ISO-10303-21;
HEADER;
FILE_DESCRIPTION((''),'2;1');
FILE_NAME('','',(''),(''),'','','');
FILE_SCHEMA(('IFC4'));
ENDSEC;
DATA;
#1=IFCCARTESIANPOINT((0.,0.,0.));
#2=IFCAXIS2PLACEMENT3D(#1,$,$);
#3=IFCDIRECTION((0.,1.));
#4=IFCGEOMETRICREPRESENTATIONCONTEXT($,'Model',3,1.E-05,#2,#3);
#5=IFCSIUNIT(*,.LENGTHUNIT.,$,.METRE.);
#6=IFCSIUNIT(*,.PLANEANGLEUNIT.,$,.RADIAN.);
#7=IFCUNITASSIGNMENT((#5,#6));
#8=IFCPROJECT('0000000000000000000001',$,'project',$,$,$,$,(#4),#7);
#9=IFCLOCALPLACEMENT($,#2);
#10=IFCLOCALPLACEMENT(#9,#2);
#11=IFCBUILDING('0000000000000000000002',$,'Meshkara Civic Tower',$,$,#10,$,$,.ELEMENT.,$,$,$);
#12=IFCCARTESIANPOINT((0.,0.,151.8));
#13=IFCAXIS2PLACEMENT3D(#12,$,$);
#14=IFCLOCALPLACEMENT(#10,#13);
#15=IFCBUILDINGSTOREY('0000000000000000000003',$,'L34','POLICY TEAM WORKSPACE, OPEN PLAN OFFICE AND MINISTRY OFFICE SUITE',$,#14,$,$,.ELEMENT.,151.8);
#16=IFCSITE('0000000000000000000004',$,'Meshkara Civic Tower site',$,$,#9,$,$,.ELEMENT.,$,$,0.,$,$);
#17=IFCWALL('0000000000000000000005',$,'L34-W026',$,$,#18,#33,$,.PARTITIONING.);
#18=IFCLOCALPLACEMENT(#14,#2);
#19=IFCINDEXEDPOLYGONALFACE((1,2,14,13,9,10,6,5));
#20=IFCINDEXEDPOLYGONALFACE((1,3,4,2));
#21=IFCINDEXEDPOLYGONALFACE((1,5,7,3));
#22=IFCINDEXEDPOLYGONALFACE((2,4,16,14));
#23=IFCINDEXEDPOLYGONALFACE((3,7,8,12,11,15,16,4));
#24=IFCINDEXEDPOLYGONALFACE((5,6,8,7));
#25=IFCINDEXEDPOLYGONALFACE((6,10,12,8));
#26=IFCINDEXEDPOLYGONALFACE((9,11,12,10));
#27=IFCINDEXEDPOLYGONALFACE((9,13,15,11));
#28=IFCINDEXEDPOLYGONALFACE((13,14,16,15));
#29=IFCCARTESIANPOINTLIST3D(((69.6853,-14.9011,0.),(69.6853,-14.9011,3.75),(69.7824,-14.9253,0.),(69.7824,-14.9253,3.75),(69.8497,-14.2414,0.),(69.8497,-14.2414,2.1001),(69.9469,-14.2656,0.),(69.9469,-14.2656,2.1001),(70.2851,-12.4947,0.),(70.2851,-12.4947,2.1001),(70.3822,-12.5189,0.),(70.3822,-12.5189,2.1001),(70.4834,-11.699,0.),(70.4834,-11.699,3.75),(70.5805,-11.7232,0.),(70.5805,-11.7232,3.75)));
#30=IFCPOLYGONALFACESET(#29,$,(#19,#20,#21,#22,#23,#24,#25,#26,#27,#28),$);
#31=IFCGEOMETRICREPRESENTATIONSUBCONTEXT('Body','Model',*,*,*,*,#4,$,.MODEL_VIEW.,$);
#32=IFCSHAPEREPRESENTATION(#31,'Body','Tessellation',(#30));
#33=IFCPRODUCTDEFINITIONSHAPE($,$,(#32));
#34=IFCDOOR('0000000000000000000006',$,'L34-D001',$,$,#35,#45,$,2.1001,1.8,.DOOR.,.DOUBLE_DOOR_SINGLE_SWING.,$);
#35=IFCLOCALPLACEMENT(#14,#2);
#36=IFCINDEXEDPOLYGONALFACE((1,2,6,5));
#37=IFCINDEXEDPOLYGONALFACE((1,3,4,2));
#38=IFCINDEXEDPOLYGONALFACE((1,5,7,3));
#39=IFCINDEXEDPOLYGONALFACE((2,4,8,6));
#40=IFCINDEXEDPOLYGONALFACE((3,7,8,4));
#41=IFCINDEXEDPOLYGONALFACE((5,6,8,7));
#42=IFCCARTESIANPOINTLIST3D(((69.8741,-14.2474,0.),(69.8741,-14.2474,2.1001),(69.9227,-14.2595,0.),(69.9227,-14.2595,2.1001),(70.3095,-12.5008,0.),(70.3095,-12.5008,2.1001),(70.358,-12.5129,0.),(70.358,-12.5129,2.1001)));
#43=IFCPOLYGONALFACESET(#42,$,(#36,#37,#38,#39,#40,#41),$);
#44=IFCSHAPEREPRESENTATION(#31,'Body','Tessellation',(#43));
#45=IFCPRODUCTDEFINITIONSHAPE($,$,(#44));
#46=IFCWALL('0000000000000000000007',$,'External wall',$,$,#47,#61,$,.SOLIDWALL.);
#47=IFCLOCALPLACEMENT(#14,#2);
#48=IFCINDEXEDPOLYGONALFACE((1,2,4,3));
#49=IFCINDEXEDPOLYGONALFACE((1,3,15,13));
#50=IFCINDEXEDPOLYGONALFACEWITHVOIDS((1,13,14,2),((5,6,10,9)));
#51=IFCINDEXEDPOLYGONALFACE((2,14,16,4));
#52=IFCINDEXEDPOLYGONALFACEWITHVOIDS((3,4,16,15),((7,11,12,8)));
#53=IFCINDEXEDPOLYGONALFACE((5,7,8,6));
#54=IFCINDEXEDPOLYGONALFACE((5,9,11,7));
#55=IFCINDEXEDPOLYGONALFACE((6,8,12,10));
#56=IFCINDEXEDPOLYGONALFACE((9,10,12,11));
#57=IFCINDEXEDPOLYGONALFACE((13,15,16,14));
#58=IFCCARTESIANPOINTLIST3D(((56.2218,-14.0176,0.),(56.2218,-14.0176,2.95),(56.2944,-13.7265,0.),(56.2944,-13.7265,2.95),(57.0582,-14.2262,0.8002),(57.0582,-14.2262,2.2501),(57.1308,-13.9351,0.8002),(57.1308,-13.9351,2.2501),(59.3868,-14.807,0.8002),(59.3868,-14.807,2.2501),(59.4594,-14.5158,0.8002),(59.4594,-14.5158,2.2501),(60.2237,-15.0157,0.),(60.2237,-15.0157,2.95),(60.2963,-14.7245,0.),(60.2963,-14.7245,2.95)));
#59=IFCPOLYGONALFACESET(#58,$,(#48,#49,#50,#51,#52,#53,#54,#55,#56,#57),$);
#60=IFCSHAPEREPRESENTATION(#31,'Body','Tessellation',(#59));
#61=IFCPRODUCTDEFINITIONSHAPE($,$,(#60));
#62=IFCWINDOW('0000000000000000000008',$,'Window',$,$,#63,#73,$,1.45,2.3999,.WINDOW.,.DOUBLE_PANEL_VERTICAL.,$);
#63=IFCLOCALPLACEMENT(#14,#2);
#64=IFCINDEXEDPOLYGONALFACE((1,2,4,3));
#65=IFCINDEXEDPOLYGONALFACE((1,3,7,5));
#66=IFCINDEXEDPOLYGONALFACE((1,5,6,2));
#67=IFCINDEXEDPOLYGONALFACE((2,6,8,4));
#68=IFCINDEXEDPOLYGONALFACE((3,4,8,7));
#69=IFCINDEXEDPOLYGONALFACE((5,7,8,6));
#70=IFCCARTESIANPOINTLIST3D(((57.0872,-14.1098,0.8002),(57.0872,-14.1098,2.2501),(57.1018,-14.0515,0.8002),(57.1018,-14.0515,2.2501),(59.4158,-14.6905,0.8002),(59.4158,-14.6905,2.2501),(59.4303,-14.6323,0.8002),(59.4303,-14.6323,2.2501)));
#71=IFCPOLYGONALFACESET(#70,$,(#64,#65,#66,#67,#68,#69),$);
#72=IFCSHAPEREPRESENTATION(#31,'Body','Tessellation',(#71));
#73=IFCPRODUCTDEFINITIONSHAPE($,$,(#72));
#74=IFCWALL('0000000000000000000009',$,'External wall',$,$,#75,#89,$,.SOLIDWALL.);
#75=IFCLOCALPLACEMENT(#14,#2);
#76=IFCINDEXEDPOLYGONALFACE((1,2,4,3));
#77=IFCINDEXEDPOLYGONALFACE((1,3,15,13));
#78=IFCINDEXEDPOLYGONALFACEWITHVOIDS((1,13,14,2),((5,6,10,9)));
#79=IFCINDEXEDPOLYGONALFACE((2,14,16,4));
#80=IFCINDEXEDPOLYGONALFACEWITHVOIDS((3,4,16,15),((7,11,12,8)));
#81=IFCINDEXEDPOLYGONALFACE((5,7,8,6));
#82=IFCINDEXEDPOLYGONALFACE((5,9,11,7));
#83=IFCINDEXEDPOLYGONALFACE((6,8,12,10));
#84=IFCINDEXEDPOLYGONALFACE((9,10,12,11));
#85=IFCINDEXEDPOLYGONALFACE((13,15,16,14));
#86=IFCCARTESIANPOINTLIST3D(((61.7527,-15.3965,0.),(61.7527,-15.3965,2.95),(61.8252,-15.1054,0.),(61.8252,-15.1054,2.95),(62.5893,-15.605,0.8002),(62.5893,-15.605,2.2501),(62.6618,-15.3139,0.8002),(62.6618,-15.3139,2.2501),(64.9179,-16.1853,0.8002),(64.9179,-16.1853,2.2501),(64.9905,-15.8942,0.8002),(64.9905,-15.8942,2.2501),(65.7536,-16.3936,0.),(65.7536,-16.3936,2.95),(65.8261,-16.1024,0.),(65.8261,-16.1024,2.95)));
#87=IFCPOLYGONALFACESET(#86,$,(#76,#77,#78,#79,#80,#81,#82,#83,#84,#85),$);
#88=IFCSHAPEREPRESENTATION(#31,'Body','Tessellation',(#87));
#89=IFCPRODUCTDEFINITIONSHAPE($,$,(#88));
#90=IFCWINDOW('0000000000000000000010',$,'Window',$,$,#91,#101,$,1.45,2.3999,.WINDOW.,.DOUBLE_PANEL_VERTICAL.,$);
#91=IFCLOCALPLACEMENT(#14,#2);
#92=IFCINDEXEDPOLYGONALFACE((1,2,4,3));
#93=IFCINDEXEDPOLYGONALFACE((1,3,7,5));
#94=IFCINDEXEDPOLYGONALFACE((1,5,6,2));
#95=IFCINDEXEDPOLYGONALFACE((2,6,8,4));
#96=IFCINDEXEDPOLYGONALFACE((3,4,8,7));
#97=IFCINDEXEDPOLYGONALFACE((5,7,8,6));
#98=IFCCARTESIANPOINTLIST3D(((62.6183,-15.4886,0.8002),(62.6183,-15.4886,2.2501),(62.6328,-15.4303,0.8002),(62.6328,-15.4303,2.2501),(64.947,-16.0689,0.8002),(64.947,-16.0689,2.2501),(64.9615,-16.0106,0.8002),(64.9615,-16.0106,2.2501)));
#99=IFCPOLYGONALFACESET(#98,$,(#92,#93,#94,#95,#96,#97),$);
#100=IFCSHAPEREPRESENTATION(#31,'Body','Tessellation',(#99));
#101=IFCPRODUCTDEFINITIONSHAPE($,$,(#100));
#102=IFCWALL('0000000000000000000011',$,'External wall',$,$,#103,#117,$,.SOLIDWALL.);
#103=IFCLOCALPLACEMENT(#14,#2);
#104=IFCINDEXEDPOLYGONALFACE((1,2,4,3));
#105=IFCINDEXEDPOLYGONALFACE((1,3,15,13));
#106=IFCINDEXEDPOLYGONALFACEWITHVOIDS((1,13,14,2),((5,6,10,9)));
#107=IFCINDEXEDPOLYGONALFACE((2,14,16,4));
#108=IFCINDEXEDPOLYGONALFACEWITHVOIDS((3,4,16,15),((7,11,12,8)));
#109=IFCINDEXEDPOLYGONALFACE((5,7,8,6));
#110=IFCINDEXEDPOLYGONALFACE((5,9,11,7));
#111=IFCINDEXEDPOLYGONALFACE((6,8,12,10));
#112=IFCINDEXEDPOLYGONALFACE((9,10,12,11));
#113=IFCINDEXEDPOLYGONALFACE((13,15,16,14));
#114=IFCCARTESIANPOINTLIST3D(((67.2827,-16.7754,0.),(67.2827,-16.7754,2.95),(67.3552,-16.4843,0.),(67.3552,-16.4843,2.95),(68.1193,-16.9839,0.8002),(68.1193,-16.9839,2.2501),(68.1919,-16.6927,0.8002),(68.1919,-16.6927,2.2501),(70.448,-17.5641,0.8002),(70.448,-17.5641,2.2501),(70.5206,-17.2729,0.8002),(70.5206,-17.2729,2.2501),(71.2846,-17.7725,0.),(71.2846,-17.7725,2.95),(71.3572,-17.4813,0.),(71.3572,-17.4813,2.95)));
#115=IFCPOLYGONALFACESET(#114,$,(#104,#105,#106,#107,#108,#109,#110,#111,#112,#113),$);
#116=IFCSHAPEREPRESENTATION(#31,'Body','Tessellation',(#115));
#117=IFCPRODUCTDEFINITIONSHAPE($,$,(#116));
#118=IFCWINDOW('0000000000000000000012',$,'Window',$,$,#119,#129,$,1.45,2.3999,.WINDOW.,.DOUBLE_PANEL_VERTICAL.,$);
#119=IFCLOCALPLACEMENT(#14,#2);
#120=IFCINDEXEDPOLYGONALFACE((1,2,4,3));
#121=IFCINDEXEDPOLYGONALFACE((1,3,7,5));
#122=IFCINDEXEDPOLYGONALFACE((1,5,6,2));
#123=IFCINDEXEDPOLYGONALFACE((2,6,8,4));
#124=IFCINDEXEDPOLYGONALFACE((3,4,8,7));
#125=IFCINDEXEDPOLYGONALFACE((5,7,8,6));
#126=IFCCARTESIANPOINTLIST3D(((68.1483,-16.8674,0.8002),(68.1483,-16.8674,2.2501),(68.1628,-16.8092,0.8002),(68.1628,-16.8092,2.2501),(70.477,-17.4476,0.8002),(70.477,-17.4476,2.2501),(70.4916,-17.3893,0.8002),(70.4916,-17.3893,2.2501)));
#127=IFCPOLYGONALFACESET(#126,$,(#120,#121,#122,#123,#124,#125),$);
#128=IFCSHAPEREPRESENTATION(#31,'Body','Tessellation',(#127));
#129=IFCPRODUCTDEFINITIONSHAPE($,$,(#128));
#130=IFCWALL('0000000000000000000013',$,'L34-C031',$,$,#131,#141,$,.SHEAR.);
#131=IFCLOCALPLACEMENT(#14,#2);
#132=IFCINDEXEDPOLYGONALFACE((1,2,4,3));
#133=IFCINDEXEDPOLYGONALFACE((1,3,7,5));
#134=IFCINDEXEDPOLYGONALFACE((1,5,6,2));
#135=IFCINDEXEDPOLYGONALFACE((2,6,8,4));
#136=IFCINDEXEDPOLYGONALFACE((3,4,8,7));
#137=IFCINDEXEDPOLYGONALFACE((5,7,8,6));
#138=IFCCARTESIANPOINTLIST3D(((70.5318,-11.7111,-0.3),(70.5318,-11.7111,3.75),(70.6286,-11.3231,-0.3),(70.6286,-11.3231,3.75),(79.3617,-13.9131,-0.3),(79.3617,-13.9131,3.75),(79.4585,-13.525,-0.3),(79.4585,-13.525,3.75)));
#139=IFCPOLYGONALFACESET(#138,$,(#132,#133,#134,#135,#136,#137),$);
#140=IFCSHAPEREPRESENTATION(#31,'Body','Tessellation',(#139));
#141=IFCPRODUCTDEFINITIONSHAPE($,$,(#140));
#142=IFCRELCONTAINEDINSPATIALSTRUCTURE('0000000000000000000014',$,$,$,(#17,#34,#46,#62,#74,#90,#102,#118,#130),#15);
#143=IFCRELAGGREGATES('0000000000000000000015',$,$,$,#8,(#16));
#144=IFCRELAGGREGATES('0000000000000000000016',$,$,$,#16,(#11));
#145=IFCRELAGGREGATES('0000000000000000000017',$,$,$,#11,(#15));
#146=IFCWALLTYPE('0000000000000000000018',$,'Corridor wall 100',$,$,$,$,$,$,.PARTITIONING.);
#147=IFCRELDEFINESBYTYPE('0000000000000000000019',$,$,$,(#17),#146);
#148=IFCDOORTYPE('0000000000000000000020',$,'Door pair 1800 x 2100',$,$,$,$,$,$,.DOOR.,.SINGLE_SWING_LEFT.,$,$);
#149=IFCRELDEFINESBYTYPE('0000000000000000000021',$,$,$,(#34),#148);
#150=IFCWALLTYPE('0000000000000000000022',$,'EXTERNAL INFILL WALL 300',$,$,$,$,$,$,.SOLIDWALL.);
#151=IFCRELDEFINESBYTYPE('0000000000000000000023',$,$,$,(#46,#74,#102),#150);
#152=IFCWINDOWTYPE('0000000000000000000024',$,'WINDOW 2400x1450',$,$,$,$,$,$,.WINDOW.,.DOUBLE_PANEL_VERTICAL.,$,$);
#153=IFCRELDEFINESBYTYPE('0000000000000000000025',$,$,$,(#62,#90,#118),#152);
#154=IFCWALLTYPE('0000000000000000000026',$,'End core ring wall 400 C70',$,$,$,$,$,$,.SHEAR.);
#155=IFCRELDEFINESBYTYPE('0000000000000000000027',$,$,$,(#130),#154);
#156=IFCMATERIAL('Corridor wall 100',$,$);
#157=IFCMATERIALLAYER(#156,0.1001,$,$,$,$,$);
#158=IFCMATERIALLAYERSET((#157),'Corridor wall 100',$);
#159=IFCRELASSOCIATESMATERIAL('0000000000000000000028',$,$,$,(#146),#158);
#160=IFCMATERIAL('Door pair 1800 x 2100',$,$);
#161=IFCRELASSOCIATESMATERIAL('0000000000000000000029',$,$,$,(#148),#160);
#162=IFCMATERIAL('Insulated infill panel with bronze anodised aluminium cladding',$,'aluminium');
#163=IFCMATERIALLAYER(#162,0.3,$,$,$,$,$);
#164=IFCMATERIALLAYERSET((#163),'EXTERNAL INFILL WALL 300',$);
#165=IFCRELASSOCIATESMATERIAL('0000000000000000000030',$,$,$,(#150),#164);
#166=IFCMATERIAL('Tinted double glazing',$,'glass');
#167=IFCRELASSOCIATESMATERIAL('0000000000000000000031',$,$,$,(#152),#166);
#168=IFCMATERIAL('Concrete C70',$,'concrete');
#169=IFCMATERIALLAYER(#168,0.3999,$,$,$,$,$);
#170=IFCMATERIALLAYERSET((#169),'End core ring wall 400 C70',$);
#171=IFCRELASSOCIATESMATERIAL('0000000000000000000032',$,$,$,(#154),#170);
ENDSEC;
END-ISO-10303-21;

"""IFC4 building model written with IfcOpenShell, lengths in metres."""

from ifc_helpers import new_model, si_unit, direction, frame, frame_2d, origin, place, context, subcontext, project, spatial, rectangle, extrude, material, layer, layer_set, type_object, element, fill, save


model = new_model("IFC4")

# Units and contexts
model_context = context("Model", 3, precision=1e-05, world=origin(), true_north=direction((0.0, 1.0)))
body_context = subcontext(model_context, "Body", "Model", "MODEL_VIEW")
ifc_project = project(units=[si_unit("LENGTHUNIT", "METRE"), si_unit("PLANEANGLEUNIT", "RADIAN")], contexts=[model_context])

# Site, building, storey
site_placement = place(None, origin())
site = spatial("IfcSite", under=ifc_project, at=site_placement, Name="Meshkara Civic Tower site", CompositionType="ELEMENT", RefElevation=0.0)
building_placement = place(site_placement, origin())
building = spatial("IfcBuilding", under=site, at=building_placement, Name="Meshkara Civic Tower", CompositionType="ELEMENT")
storey_placement = place(building_placement, frame((0.0, 0.0, 151.8)))
storey = spatial("IfcBuildingStorey", under=building, at=storey_placement, Name="L34", Description="POLICY TEAM WORKSPACE, OPEN PLAN OFFICE AND MINISTRY OFFICE SUITE", CompositionType="ELEMENT", Elevation=151.8)

# Shared definitions
ifc_material_1 = material(Name="Corridor wall 100")
ifc_layer_1 = layer(ifc_material_1, 0.1001)
ifc_layer_set_1 = layer_set([ifc_layer_1], Name="Corridor wall 100")
wall_type_1 = type_object("IfcWallType", Name="Corridor wall 100", PredefinedType="PARTITIONING", material=ifc_layer_set_1)

# Wall, opening, door
ifc_material_2 = material(Name="Door pair 1800 x 2100")
door_type_1 = type_object("IfcDoorType", Name="Door pair 1800 x 2100", OperationType="SINGLE_SWING_LEFT", PredefinedType="DOOR", material=ifc_material_2)
wall_1_placement = place(storey_placement, frame((69.7339, -14.9131, 0.0), z_axis=(0.0, 0.0, 1.0), x_axis=(0.241839, 0.970316, 0.0)))
wall_1 = element("IfcWall", 1, at=wall_1_placement, inside=storey, type_object=wall_type_1, Name="L34-W026", PredefinedType="PARTITIONING", context=body_context, shape_type="SweptSolid", body=[
    extrude(rectangle(XDim=3.3, YDim=0.1001, at=frame_2d((1.6499, 0.0))), origin(), (0.0, 0.0, 1.0), 3.75),
])
opening_1_placement = place(wall_1_placement, frame((0.6799, 0.0, 0.0)))
opening_1 = element("IfcOpeningElement", 2, at=opening_1_placement, cuts=wall_1, PredefinedType="OPENING", context=body_context, shape_type="SweptSolid", body=[
    extrude(rectangle(XDim=1.8, YDim=2.1001, at=frame_2d((0.8999, 1.05))), frame((0.0, 0.0601, 0.0), z_axis=(0.0, -1.0, 0.0), x_axis=(1.0, 0.0, 0.0)), (0.0, 0.0, 1.0), 0.1201),
])
door_1_placement = place(opening_1_placement, origin())
door_1 = element("IfcDoor", 3, at=door_1_placement, inside=storey, type_object=door_type_1, Name="L34-D001", OperationType="DOUBLE_DOOR_SINGLE_SWING", OverallHeight=2.1001, OverallWidth=1.8, PredefinedType="DOOR", context=body_context, shape_type="SweptSolid", body=[
    extrude(rectangle(XDim=1.8, YDim=2.1001, at=frame_2d((0.8999, 1.05))), frame((0.0, 0.0249, 0.0), z_axis=(0.0, -1.0, 0.0), x_axis=(1.0, 0.0, 0.0)), (0.0, 0.0, 1.0), 0.05),
])
fill(opening_1, door_1)

# Walls, openings, windows
ifc_material_3 = material(Name="Insulated infill panel with bronze anodised aluminium cladding", Category="aluminium")
ifc_layer_2 = layer(ifc_material_3, 0.3)
ifc_layer_set_2 = layer_set([ifc_layer_2], Name="EXTERNAL INFILL WALL 300")
wall_type_2 = type_object("IfcWallType", Name="EXTERNAL INFILL WALL 300", PredefinedType="SOLIDWALL", material=ifc_layer_set_2)
wall_2_placement = place(storey_placement, frame((56.2581, -13.8721, 0.0), z_axis=(0.0, 0.0, 1.0), x_axis=(0.970282, -0.241978, 0.0)))
wall_2 = element("IfcWall", 4, at=wall_2_placement, inside=storey, type_object=wall_type_2, Name="External wall", PredefinedType="SOLIDWALL", context=body_context, shape_type="SweptSolid", body=[
    extrude(rectangle(XDim=4.1245, YDim=0.3, at=frame_2d((2.0623, 0.0))), origin(), (0.0, 0.0, 1.0), 2.95),
])
opening_2_placement = place(wall_2_placement, frame((0.8621, 0.0, 0.8)))
opening_2 = element("IfcOpeningElement", 5, at=opening_2_placement, cuts=wall_2, PredefinedType="OPENING", context=body_context, shape_type="SweptSolid", body=[
    extrude(rectangle(XDim=2.3999, YDim=1.45, at=frame_2d((1.2, 0.7251))), frame((0.0, 0.1599, 0.0), z_axis=(0.0, -1.0, 0.0), x_axis=(1.0, 0.0, 0.0)), (0.0, 0.0, 1.0), 0.3201),
])
ifc_material_4 = material(Name="Tinted double glazing", Category="glass")
window_type = type_object("IfcWindowType", Name="WINDOW 2400x1450", PartitioningType="DOUBLE_PANEL_VERTICAL", PredefinedType="WINDOW", material=ifc_material_4)
window_1_placement = place(opening_2_placement, origin())
window_1 = element("IfcWindow", 6, at=window_1_placement, inside=storey, type_object=window_type, Name="Window", OverallHeight=1.45, OverallWidth=2.3999, PartitioningType="DOUBLE_PANEL_VERTICAL", PredefinedType="WINDOW", context=body_context, shape_type="SweptSolid", body=[
    extrude(rectangle(XDim=2.3999, YDim=1.45, at=frame_2d((1.2, 0.7251))), frame((0.0, 0.03, 0.0), z_axis=(0.0, -1.0, 0.0), x_axis=(1.0, 0.0, 0.0)), (0.0, 0.0, 1.0), 0.0601),
])
fill(opening_2, window_1)
wall_3_placement = place(storey_placement, frame((61.7891, -15.251, 0.0), z_axis=(0.0, 0.0, 1.0), x_axis=(0.970323, -0.241811, 0.0)))
wall_3 = element("IfcWall", 7, at=wall_3_placement, inside=storey, type_object=wall_type_2, Name="External wall", PredefinedType="SOLIDWALL", context=body_context, shape_type="SweptSolid", body=[
    extrude(rectangle(XDim=4.1233, YDim=0.3, at=frame_2d((2.0615, 0.0))), origin(), (0.0, 0.0, 1.0), 2.95),
])
opening_3_placement = place(wall_3_placement, frame((0.8621, 0.0, 0.8)))
opening_3 = element("IfcOpeningElement", 8, at=opening_3_placement, cuts=wall_3, PredefinedType="OPENING", context=body_context, shape_type="SweptSolid", body=[
    extrude(rectangle(XDim=2.3999, YDim=1.45, at=frame_2d((1.2, 0.7251))), frame((0.0, 0.1599, 0.0), z_axis=(0.0, -1.0, 0.0), x_axis=(1.0, 0.0, 0.0)), (0.0, 0.0, 1.0), 0.3201),
])
window_2_placement = place(opening_3_placement, origin())
window_2 = element("IfcWindow", 9, at=window_2_placement, inside=storey, type_object=window_type, Name="Window", OverallHeight=1.45, OverallWidth=2.3999, PartitioningType="DOUBLE_PANEL_VERTICAL", PredefinedType="WINDOW", context=body_context, shape_type="SweptSolid", body=[
    extrude(rectangle(XDim=2.3999, YDim=1.45, at=frame_2d((1.2, 0.7251))), frame((0.0, 0.03, 0.0), z_axis=(0.0, -1.0, 0.0), x_axis=(1.0, 0.0, 0.0)), (0.0, 0.0, 1.0), 0.0601),
])
fill(opening_3, window_2)
wall_4_placement = place(storey_placement, frame((67.3191, -16.6299, 0.0), z_axis=(0.0, 0.0, 1.0), x_axis=(0.970337, -0.241756, 0.0)))
wall_4 = element("IfcWall", 10, at=wall_4_placement, inside=storey, type_object=wall_type_2, Name="External wall", PredefinedType="SOLIDWALL", context=body_context, shape_type="SweptSolid", body=[
    extrude(rectangle(XDim=4.1243, YDim=0.3, at=frame_2d((2.062, 0.0))), origin(), (0.0, 0.0, 1.0), 2.95),
])
opening_4_placement = place(wall_4_placement, frame((0.8621, 0.0, 0.8)))
opening_4 = element("IfcOpeningElement", 11, at=opening_4_placement, cuts=wall_4, PredefinedType="OPENING", context=body_context, shape_type="SweptSolid", body=[
    extrude(rectangle(XDim=2.3999, YDim=1.45, at=frame_2d((1.2, 0.7251))), frame((0.0, 0.1599, 0.0), z_axis=(0.0, -1.0, 0.0), x_axis=(1.0, 0.0, 0.0)), (0.0, 0.0, 1.0), 0.3201),
])
window_3_placement = place(opening_4_placement, origin())
window_3 = element("IfcWindow", 12, at=window_3_placement, inside=storey, type_object=window_type, Name="Window", OverallHeight=1.45, OverallWidth=2.3999, PartitioningType="DOUBLE_PANEL_VERTICAL", PredefinedType="WINDOW", context=body_context, shape_type="SweptSolid", body=[
    extrude(rectangle(XDim=2.3999, YDim=1.45, at=frame_2d((1.2, 0.7251))), frame((0.0, 0.03, 0.0), z_axis=(0.0, -1.0, 0.0), x_axis=(1.0, 0.0, 0.0)), (0.0, 0.0, 1.0), 0.0601),
])
fill(opening_4, window_3)

# Wall
ifc_material_5 = material(Name="Concrete C70", Category="concrete")
ifc_layer_3 = layer(ifc_material_5, 0.3999)
ifc_layer_set_3 = layer_set([ifc_layer_3], Name="End core ring wall 400 C70")
wall_type_3 = type_object("IfcWallType", Name="End core ring wall 400 C70", PredefinedType="SHEAR", material=ifc_layer_set_3)
wall_5_placement = place(storey_placement, frame((70.5801, -11.5171, -0.3), z_axis=(0.0, 0.0, 1.0), x_axis=(0.970286, -0.241961, 0.0)))
element("IfcWall", 13, at=wall_5_placement, inside=storey, type_object=wall_type_3, Name="L34-C031", PredefinedType="SHEAR", context=body_context, shape_type="SweptSolid", body=[
    extrude(rectangle(XDim=9.1003, YDim=0.3999, at=frame_2d((4.5503, 0.0))), origin(), (0.0, 0.0, 1.0), 4.05),
])

save(model, "model.ifc")
